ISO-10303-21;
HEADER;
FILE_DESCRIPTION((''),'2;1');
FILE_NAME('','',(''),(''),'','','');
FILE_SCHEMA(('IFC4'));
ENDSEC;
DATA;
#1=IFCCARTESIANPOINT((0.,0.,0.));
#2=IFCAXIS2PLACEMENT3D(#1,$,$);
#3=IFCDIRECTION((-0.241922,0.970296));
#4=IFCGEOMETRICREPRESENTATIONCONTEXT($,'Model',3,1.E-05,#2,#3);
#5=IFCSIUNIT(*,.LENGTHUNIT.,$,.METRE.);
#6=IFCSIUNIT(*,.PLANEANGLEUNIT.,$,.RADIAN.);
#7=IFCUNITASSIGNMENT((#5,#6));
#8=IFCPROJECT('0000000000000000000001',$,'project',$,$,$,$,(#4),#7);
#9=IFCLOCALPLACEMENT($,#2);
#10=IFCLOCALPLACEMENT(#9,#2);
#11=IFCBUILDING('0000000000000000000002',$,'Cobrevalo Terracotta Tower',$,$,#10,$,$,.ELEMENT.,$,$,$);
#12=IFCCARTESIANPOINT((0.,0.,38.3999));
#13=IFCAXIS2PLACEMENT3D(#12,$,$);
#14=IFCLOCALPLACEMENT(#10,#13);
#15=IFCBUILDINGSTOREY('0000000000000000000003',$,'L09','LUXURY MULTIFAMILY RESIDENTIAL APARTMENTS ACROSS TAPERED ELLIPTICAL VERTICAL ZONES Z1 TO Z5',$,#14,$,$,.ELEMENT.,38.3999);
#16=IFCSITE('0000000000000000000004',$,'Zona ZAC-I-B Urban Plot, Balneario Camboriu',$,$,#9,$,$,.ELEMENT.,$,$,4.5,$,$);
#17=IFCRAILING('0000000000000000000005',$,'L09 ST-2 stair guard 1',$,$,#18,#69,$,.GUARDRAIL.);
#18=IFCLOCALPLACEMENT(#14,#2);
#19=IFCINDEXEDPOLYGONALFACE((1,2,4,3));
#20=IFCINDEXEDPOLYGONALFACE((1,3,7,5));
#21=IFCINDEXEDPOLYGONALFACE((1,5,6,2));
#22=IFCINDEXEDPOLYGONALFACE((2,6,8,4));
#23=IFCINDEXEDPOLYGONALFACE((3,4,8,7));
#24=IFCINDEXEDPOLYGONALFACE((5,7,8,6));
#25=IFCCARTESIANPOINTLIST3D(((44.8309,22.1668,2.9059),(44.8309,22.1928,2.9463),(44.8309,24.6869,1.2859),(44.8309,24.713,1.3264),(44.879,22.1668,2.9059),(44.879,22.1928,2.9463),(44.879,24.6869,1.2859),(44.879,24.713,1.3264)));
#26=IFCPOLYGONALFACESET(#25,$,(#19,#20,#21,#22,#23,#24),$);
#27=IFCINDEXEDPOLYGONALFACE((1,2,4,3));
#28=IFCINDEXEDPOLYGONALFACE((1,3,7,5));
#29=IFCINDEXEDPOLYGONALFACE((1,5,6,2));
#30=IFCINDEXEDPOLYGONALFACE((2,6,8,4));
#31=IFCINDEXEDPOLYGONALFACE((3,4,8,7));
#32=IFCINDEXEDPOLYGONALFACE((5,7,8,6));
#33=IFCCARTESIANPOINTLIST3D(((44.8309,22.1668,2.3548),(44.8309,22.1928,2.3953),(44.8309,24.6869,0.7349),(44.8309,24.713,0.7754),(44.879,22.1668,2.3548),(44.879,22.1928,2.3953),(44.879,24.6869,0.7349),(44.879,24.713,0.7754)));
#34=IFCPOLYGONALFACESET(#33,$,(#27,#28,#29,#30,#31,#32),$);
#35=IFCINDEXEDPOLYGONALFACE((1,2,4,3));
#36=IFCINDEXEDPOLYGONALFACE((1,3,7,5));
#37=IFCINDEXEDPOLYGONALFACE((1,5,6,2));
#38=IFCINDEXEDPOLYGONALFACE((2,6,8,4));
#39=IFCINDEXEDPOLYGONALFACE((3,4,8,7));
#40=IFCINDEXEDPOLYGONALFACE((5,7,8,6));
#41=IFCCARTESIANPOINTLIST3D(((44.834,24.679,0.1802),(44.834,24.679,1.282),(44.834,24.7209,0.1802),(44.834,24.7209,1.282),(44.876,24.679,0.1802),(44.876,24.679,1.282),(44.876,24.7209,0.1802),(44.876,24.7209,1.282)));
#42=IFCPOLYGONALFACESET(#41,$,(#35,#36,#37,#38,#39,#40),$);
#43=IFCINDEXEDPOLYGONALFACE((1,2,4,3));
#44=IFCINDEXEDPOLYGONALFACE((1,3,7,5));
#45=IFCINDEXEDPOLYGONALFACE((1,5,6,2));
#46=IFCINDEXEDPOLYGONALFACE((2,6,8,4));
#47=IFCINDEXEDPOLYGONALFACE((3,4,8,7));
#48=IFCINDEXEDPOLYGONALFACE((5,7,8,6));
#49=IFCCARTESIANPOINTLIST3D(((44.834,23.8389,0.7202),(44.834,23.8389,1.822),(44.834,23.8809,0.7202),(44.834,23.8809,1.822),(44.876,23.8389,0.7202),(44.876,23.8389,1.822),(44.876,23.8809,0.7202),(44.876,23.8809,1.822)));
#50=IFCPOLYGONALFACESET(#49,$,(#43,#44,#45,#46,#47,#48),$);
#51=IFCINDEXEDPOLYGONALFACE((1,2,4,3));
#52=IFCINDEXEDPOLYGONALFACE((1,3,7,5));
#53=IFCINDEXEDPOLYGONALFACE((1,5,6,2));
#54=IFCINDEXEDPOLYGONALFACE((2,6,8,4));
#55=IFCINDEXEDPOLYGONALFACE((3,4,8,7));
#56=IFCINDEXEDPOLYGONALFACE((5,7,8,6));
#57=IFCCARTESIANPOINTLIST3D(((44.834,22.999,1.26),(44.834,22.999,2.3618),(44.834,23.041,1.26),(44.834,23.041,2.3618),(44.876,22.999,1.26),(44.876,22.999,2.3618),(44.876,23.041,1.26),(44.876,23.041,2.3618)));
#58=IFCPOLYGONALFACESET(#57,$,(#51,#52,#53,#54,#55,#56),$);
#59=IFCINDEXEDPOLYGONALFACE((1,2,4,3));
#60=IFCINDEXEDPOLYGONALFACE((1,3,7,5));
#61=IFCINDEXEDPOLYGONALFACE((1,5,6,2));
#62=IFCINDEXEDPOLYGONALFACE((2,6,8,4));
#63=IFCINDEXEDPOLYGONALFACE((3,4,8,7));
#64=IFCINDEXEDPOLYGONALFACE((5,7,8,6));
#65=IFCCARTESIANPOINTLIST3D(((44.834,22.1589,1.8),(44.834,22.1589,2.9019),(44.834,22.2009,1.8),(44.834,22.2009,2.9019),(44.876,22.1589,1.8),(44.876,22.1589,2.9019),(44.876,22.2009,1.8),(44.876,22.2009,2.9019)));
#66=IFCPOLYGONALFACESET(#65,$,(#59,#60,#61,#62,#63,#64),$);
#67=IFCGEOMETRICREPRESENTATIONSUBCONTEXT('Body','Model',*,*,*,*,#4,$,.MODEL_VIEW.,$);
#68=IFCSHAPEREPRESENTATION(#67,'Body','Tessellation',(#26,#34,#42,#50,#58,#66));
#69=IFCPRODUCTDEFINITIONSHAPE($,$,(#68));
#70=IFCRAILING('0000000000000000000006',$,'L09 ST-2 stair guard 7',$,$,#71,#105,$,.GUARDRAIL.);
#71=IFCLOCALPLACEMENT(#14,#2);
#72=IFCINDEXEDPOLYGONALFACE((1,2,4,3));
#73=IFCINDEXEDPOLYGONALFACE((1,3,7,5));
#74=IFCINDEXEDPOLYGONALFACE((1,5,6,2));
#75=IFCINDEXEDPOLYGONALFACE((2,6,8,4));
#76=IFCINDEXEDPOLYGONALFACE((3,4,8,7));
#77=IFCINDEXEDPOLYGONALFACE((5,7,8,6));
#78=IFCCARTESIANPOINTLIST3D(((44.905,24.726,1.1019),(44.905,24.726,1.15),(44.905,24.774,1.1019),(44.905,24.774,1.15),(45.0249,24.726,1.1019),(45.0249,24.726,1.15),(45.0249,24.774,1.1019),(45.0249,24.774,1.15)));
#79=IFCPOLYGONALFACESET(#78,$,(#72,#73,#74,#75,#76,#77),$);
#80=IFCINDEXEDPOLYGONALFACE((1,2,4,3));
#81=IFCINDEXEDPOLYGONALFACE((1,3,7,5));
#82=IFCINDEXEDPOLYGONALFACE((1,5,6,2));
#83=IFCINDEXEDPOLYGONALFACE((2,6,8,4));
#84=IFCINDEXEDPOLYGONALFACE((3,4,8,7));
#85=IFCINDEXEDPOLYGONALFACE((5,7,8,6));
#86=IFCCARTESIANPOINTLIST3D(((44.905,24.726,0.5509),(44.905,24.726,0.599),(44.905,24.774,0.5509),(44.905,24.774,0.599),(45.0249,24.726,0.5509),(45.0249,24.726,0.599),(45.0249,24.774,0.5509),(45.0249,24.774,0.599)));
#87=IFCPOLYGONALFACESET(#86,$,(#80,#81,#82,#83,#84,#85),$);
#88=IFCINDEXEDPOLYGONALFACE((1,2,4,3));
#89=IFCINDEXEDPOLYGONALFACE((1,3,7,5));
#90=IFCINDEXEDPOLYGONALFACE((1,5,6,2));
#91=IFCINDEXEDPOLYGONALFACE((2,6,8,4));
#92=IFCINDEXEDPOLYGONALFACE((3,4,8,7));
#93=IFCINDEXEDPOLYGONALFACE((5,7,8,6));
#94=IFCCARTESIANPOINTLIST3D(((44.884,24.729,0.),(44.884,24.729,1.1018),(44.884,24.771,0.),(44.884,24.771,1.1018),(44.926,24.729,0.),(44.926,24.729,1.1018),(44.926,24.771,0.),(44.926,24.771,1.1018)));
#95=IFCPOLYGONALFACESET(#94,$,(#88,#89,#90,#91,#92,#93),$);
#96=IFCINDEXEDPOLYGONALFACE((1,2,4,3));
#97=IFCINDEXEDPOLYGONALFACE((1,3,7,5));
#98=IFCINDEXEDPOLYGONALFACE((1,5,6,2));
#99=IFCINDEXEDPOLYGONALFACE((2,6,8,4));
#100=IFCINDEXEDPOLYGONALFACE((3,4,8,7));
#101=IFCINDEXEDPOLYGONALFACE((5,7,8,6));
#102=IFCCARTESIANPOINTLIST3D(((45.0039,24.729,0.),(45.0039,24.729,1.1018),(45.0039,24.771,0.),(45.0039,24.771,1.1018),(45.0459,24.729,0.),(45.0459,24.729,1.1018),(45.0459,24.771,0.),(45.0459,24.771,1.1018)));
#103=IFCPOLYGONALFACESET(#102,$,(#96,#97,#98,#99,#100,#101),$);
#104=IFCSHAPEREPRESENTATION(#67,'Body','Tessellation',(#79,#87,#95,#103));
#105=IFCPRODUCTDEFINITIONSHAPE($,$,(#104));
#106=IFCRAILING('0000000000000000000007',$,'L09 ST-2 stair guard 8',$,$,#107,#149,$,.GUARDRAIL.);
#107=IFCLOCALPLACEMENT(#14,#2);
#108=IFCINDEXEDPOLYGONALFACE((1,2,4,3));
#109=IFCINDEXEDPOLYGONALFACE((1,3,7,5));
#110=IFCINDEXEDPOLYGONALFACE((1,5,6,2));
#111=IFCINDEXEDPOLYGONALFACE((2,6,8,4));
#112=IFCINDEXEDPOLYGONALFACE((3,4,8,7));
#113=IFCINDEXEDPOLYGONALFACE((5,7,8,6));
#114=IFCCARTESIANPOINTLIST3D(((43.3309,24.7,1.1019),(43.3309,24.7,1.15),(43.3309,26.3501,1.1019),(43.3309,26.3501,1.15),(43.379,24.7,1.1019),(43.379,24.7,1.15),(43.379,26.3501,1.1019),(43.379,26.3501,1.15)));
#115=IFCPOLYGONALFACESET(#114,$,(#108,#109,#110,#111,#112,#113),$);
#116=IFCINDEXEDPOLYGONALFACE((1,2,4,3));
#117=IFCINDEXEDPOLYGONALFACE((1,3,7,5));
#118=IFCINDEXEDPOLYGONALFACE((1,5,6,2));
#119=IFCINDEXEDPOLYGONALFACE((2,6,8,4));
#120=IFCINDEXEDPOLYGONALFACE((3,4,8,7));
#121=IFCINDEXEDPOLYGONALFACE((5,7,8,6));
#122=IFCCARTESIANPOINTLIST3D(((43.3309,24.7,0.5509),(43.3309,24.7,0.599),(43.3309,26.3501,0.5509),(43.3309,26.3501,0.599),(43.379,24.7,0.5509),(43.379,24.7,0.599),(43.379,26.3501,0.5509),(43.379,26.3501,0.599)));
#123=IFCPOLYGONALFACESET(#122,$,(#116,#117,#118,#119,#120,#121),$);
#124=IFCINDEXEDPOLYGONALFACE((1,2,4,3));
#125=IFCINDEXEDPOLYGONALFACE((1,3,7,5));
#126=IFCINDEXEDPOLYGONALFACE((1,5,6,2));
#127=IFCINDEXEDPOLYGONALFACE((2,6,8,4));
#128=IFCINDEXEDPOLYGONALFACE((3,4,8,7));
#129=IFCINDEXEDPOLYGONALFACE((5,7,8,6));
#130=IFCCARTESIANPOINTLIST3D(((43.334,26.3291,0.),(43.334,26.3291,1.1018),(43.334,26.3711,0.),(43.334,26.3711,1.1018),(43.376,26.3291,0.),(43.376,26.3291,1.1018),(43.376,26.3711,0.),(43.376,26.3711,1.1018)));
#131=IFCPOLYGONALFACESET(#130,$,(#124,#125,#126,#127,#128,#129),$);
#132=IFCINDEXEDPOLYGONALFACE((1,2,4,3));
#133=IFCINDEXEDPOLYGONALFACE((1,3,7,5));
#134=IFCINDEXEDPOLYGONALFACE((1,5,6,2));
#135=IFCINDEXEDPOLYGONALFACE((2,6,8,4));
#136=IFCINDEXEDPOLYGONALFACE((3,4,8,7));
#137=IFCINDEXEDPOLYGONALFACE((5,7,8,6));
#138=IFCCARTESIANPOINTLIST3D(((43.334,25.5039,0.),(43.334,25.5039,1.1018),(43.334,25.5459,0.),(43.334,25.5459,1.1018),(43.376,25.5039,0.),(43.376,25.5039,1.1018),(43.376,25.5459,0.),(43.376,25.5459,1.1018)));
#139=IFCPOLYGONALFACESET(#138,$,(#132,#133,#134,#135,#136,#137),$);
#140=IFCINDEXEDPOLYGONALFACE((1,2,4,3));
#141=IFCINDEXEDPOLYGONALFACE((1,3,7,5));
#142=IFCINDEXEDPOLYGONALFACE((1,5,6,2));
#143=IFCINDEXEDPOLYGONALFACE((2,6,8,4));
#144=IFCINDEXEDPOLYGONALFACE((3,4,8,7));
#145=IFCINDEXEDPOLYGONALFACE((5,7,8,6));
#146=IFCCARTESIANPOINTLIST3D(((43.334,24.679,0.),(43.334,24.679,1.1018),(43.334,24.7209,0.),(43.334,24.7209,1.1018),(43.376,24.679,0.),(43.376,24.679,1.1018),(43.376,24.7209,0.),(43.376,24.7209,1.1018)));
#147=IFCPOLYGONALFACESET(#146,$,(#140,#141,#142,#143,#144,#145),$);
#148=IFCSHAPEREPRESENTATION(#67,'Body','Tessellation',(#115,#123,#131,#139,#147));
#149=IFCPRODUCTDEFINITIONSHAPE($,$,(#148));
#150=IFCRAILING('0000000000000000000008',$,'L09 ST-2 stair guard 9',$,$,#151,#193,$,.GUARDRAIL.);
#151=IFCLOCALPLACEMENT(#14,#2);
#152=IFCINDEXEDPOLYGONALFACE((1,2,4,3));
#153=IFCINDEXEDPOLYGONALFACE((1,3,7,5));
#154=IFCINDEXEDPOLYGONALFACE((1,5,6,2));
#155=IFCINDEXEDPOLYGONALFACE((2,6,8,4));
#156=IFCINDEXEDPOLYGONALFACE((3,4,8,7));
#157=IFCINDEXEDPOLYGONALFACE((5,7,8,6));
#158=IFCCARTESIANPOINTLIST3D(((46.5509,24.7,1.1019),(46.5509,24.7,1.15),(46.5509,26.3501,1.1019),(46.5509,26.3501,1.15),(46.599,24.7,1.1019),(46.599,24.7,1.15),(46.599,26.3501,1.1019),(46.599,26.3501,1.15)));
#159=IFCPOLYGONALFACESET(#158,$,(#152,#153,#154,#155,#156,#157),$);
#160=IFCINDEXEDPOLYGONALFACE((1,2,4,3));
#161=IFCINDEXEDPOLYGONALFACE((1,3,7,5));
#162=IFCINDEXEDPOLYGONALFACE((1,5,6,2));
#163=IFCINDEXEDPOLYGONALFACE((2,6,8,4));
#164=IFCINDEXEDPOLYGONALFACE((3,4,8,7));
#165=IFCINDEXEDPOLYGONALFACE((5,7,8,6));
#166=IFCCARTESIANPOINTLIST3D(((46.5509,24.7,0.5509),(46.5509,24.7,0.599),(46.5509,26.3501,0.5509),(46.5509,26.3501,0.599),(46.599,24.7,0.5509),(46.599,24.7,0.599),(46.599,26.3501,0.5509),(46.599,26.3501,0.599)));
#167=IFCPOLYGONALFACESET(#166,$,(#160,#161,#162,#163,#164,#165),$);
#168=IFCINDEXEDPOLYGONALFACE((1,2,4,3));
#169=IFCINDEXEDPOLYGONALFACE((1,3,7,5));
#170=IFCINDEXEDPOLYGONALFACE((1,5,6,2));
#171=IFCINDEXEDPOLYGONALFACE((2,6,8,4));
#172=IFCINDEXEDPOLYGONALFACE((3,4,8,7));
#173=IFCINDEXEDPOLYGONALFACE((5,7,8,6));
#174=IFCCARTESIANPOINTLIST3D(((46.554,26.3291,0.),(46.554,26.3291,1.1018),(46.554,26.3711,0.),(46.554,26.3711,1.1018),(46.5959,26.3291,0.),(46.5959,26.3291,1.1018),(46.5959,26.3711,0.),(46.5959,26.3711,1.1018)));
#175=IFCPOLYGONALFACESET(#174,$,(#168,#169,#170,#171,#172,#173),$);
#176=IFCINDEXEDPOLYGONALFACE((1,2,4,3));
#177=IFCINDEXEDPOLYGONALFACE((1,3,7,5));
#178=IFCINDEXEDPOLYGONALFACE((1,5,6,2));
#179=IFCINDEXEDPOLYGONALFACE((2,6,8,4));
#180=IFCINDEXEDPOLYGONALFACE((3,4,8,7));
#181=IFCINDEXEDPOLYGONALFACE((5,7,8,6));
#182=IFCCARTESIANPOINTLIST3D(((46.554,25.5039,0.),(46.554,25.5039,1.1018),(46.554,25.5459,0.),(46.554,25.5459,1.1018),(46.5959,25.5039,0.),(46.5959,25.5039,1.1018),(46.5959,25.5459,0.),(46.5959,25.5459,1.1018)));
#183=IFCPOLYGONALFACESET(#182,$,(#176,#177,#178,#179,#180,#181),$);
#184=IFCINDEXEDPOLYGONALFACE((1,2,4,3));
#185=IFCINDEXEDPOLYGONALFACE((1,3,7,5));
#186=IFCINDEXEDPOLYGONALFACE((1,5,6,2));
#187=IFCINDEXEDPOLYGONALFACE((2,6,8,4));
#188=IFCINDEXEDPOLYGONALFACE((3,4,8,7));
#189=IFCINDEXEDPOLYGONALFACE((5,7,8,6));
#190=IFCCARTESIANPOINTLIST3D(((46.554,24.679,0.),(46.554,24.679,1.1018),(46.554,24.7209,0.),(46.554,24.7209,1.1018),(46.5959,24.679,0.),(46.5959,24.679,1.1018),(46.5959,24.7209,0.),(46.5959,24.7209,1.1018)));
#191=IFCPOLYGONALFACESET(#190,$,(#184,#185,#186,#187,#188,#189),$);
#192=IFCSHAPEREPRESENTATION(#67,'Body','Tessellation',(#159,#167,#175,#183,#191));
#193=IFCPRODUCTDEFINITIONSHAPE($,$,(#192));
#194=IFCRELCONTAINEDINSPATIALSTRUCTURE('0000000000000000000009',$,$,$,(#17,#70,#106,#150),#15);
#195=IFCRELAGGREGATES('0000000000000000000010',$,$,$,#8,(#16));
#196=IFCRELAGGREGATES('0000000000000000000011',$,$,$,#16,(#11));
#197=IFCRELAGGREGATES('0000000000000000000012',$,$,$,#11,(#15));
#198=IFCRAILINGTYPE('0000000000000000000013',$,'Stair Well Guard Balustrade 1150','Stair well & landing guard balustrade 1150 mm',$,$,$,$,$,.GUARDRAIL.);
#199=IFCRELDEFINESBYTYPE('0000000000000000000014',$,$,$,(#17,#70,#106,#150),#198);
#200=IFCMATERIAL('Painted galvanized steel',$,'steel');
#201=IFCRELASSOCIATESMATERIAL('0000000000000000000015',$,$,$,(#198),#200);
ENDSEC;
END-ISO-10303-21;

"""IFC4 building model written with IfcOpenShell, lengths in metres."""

from ifc_helpers import new_model, si_unit, direction, frame, origin, origin_2d, place, context, subcontext, project, spatial, rectangle, extrude, material, type_object, element, save


model = new_model("IFC4")

# Units and contexts
model_context = context("Model", 3, precision=1e-05, world=origin(), true_north=direction((-0.241922, 0.970296)))
body_context = subcontext(model_context, "Body", "Model", "MODEL_VIEW")
ifc_project = project(units=[si_unit("LENGTHUNIT", "METRE"), si_unit("PLANEANGLEUNIT", "RADIAN")], contexts=[model_context])

# Site, building, storey
site_placement = place(None, origin())
site = spatial("IfcSite", under=ifc_project, at=site_placement, Name="Zona ZAC-I-B Urban Plot, Balneario Camboriu", CompositionType="ELEMENT", RefElevation=4.5)
building_placement = place(site_placement, origin())
building = spatial("IfcBuilding", under=site, at=building_placement, Name="Cobrevalo Terracotta Tower", CompositionType="ELEMENT")
storey_placement = place(building_placement, frame((0.0, 0.0, 38.3999)))
storey = spatial("IfcBuildingStorey", under=building, at=storey_placement, Name="L09", Description="LUXURY MULTIFAMILY RESIDENTIAL APARTMENTS ACROSS TAPERED ELLIPTICAL VERTICAL ZONES Z1 TO Z5", CompositionType="ELEMENT", Elevation=38.3999)

# Railings
ifc_material_1 = material(Name="Painted galvanized steel", Category="steel")
railing_type_1 = type_object("IfcRailingType", Name="Stair Well Guard Balustrade 1150", Description="Stair well & landing guard balustrade 1150 mm", PredefinedType="GUARDRAIL", material=ifc_material_1)
railing_1_placement = place(storey_placement, frame((44.855, 24.7, 0.1802)))
element("IfcRailing", 1, at=railing_1_placement, inside=storey, type_object=railing_type_1, Name="L09 ST-2 stair guard 1", PredefinedType="GUARDRAIL", context=body_context, shape_type="SweptSolid", body=[
    extrude(rectangle(XDim=0.0481, YDim=0.0481, at=origin_2d()), frame((0.0, 0.0, 1.126), z_axis=(0.0, -0.8412, 0.540725), x_axis=(1.0, 0.0, 0.0)), (0.0, 0.0, 1.0), 2.9958),
    extrude(rectangle(XDim=0.0481, YDim=0.0481, at=origin_2d()), frame((0.0, 0.0, 0.575), z_axis=(0.0, -0.8412, 0.540725), x_axis=(1.0, 0.0, 0.0)), (0.0, 0.0, 1.0), 2.9958),
    extrude(rectangle(XDim=0.042, YDim=0.042, at=origin_2d()), origin(), (0.0, 0.0, 1.0), 1.1018),
    extrude(rectangle(XDim=0.042, YDim=0.042, at=origin_2d()), frame((0.0, -0.8401, 0.54)), (0.0, 0.0, 1.0), 1.1018),
    extrude(rectangle(XDim=0.042, YDim=0.042, at=origin_2d()), frame((0.0, -1.6799, 1.0798)), (0.0, 0.0, 1.0), 1.1018),
    extrude(rectangle(XDim=0.042, YDim=0.042, at=origin_2d()), frame((0.0, -2.52, 1.6199)), (0.0, 0.0, 1.0), 1.1018),
])
railing_2_placement = place(storey_placement, frame((44.905, 24.75, 0.0)))
element("IfcRailing", 2, at=railing_2_placement, inside=storey, type_object=railing_type_1, Name="L09 ST-2 stair guard 7", PredefinedType="GUARDRAIL", context=body_context, shape_type="SweptSolid", body=[
    extrude(rectangle(XDim=0.0481, YDim=0.0481, at=origin_2d()), frame((0.0, 0.0, 1.126), z_axis=(1.0, 0.0, 0.0), x_axis=(0.0, 1.0, 0.0)), (0.0, 0.0, 1.0), 0.1199),
    extrude(rectangle(XDim=0.0481, YDim=0.0481, at=origin_2d()), frame((0.0, 0.0, 0.575), z_axis=(1.0, 0.0, 0.0), x_axis=(0.0, 1.0, 0.0)), (0.0, 0.0, 1.0), 0.1199),
    extrude(rectangle(XDim=0.042, YDim=0.042, at=origin_2d()), origin(), (0.0, 0.0, 1.0), 1.1018),
    extrude(rectangle(XDim=0.042, YDim=0.042, at=origin_2d()), frame((0.1199, 0.0, 0.0)), (0.0, 0.0, 1.0), 1.1018),
])
for number, where, name in (
    (3, (43.355, 26.3501, 0.0), "L09 ST-2 stair guard 8"),
    (4, (46.575, 26.3501, 0.0), "L09 ST-2 stair guard 9"),
):
    element("IfcRailing", number, at=place(storey_placement, frame(where)), inside=storey, type_object=railing_type_1, Name=name, PredefinedType="GUARDRAIL", context=body_context, shape_type="SweptSolid", body=[
        extrude(rectangle(XDim=0.0481, YDim=0.0481, at=origin_2d()), frame((0.0, 0.0, 1.126), z_axis=(0.0, -1.0, 0.0), x_axis=(1.0, 0.0, 0.0)), (0.0, 0.0, 1.0), 1.6501),
        extrude(rectangle(XDim=0.0481, YDim=0.0481, at=origin_2d()), frame((0.0, 0.0, 0.575), z_axis=(0.0, -1.0, 0.0), x_axis=(1.0, 0.0, 0.0)), (0.0, 0.0, 1.0), 1.6501),
        extrude(rectangle(XDim=0.042, YDim=0.042, at=origin_2d()), origin(), (0.0, 0.0, 1.0), 1.1018),
        extrude(rectangle(XDim=0.042, YDim=0.042, at=origin_2d()), frame((0.0, -0.8252, 0.0)), (0.0, 0.0, 1.0), 1.1018),
        extrude(rectangle(XDim=0.042, YDim=0.042, at=origin_2d()), frame((0.0, -1.6501, 0.0)), (0.0, 0.0, 1.0), 1.1018),
    ])

save(model, "model.ifc")
